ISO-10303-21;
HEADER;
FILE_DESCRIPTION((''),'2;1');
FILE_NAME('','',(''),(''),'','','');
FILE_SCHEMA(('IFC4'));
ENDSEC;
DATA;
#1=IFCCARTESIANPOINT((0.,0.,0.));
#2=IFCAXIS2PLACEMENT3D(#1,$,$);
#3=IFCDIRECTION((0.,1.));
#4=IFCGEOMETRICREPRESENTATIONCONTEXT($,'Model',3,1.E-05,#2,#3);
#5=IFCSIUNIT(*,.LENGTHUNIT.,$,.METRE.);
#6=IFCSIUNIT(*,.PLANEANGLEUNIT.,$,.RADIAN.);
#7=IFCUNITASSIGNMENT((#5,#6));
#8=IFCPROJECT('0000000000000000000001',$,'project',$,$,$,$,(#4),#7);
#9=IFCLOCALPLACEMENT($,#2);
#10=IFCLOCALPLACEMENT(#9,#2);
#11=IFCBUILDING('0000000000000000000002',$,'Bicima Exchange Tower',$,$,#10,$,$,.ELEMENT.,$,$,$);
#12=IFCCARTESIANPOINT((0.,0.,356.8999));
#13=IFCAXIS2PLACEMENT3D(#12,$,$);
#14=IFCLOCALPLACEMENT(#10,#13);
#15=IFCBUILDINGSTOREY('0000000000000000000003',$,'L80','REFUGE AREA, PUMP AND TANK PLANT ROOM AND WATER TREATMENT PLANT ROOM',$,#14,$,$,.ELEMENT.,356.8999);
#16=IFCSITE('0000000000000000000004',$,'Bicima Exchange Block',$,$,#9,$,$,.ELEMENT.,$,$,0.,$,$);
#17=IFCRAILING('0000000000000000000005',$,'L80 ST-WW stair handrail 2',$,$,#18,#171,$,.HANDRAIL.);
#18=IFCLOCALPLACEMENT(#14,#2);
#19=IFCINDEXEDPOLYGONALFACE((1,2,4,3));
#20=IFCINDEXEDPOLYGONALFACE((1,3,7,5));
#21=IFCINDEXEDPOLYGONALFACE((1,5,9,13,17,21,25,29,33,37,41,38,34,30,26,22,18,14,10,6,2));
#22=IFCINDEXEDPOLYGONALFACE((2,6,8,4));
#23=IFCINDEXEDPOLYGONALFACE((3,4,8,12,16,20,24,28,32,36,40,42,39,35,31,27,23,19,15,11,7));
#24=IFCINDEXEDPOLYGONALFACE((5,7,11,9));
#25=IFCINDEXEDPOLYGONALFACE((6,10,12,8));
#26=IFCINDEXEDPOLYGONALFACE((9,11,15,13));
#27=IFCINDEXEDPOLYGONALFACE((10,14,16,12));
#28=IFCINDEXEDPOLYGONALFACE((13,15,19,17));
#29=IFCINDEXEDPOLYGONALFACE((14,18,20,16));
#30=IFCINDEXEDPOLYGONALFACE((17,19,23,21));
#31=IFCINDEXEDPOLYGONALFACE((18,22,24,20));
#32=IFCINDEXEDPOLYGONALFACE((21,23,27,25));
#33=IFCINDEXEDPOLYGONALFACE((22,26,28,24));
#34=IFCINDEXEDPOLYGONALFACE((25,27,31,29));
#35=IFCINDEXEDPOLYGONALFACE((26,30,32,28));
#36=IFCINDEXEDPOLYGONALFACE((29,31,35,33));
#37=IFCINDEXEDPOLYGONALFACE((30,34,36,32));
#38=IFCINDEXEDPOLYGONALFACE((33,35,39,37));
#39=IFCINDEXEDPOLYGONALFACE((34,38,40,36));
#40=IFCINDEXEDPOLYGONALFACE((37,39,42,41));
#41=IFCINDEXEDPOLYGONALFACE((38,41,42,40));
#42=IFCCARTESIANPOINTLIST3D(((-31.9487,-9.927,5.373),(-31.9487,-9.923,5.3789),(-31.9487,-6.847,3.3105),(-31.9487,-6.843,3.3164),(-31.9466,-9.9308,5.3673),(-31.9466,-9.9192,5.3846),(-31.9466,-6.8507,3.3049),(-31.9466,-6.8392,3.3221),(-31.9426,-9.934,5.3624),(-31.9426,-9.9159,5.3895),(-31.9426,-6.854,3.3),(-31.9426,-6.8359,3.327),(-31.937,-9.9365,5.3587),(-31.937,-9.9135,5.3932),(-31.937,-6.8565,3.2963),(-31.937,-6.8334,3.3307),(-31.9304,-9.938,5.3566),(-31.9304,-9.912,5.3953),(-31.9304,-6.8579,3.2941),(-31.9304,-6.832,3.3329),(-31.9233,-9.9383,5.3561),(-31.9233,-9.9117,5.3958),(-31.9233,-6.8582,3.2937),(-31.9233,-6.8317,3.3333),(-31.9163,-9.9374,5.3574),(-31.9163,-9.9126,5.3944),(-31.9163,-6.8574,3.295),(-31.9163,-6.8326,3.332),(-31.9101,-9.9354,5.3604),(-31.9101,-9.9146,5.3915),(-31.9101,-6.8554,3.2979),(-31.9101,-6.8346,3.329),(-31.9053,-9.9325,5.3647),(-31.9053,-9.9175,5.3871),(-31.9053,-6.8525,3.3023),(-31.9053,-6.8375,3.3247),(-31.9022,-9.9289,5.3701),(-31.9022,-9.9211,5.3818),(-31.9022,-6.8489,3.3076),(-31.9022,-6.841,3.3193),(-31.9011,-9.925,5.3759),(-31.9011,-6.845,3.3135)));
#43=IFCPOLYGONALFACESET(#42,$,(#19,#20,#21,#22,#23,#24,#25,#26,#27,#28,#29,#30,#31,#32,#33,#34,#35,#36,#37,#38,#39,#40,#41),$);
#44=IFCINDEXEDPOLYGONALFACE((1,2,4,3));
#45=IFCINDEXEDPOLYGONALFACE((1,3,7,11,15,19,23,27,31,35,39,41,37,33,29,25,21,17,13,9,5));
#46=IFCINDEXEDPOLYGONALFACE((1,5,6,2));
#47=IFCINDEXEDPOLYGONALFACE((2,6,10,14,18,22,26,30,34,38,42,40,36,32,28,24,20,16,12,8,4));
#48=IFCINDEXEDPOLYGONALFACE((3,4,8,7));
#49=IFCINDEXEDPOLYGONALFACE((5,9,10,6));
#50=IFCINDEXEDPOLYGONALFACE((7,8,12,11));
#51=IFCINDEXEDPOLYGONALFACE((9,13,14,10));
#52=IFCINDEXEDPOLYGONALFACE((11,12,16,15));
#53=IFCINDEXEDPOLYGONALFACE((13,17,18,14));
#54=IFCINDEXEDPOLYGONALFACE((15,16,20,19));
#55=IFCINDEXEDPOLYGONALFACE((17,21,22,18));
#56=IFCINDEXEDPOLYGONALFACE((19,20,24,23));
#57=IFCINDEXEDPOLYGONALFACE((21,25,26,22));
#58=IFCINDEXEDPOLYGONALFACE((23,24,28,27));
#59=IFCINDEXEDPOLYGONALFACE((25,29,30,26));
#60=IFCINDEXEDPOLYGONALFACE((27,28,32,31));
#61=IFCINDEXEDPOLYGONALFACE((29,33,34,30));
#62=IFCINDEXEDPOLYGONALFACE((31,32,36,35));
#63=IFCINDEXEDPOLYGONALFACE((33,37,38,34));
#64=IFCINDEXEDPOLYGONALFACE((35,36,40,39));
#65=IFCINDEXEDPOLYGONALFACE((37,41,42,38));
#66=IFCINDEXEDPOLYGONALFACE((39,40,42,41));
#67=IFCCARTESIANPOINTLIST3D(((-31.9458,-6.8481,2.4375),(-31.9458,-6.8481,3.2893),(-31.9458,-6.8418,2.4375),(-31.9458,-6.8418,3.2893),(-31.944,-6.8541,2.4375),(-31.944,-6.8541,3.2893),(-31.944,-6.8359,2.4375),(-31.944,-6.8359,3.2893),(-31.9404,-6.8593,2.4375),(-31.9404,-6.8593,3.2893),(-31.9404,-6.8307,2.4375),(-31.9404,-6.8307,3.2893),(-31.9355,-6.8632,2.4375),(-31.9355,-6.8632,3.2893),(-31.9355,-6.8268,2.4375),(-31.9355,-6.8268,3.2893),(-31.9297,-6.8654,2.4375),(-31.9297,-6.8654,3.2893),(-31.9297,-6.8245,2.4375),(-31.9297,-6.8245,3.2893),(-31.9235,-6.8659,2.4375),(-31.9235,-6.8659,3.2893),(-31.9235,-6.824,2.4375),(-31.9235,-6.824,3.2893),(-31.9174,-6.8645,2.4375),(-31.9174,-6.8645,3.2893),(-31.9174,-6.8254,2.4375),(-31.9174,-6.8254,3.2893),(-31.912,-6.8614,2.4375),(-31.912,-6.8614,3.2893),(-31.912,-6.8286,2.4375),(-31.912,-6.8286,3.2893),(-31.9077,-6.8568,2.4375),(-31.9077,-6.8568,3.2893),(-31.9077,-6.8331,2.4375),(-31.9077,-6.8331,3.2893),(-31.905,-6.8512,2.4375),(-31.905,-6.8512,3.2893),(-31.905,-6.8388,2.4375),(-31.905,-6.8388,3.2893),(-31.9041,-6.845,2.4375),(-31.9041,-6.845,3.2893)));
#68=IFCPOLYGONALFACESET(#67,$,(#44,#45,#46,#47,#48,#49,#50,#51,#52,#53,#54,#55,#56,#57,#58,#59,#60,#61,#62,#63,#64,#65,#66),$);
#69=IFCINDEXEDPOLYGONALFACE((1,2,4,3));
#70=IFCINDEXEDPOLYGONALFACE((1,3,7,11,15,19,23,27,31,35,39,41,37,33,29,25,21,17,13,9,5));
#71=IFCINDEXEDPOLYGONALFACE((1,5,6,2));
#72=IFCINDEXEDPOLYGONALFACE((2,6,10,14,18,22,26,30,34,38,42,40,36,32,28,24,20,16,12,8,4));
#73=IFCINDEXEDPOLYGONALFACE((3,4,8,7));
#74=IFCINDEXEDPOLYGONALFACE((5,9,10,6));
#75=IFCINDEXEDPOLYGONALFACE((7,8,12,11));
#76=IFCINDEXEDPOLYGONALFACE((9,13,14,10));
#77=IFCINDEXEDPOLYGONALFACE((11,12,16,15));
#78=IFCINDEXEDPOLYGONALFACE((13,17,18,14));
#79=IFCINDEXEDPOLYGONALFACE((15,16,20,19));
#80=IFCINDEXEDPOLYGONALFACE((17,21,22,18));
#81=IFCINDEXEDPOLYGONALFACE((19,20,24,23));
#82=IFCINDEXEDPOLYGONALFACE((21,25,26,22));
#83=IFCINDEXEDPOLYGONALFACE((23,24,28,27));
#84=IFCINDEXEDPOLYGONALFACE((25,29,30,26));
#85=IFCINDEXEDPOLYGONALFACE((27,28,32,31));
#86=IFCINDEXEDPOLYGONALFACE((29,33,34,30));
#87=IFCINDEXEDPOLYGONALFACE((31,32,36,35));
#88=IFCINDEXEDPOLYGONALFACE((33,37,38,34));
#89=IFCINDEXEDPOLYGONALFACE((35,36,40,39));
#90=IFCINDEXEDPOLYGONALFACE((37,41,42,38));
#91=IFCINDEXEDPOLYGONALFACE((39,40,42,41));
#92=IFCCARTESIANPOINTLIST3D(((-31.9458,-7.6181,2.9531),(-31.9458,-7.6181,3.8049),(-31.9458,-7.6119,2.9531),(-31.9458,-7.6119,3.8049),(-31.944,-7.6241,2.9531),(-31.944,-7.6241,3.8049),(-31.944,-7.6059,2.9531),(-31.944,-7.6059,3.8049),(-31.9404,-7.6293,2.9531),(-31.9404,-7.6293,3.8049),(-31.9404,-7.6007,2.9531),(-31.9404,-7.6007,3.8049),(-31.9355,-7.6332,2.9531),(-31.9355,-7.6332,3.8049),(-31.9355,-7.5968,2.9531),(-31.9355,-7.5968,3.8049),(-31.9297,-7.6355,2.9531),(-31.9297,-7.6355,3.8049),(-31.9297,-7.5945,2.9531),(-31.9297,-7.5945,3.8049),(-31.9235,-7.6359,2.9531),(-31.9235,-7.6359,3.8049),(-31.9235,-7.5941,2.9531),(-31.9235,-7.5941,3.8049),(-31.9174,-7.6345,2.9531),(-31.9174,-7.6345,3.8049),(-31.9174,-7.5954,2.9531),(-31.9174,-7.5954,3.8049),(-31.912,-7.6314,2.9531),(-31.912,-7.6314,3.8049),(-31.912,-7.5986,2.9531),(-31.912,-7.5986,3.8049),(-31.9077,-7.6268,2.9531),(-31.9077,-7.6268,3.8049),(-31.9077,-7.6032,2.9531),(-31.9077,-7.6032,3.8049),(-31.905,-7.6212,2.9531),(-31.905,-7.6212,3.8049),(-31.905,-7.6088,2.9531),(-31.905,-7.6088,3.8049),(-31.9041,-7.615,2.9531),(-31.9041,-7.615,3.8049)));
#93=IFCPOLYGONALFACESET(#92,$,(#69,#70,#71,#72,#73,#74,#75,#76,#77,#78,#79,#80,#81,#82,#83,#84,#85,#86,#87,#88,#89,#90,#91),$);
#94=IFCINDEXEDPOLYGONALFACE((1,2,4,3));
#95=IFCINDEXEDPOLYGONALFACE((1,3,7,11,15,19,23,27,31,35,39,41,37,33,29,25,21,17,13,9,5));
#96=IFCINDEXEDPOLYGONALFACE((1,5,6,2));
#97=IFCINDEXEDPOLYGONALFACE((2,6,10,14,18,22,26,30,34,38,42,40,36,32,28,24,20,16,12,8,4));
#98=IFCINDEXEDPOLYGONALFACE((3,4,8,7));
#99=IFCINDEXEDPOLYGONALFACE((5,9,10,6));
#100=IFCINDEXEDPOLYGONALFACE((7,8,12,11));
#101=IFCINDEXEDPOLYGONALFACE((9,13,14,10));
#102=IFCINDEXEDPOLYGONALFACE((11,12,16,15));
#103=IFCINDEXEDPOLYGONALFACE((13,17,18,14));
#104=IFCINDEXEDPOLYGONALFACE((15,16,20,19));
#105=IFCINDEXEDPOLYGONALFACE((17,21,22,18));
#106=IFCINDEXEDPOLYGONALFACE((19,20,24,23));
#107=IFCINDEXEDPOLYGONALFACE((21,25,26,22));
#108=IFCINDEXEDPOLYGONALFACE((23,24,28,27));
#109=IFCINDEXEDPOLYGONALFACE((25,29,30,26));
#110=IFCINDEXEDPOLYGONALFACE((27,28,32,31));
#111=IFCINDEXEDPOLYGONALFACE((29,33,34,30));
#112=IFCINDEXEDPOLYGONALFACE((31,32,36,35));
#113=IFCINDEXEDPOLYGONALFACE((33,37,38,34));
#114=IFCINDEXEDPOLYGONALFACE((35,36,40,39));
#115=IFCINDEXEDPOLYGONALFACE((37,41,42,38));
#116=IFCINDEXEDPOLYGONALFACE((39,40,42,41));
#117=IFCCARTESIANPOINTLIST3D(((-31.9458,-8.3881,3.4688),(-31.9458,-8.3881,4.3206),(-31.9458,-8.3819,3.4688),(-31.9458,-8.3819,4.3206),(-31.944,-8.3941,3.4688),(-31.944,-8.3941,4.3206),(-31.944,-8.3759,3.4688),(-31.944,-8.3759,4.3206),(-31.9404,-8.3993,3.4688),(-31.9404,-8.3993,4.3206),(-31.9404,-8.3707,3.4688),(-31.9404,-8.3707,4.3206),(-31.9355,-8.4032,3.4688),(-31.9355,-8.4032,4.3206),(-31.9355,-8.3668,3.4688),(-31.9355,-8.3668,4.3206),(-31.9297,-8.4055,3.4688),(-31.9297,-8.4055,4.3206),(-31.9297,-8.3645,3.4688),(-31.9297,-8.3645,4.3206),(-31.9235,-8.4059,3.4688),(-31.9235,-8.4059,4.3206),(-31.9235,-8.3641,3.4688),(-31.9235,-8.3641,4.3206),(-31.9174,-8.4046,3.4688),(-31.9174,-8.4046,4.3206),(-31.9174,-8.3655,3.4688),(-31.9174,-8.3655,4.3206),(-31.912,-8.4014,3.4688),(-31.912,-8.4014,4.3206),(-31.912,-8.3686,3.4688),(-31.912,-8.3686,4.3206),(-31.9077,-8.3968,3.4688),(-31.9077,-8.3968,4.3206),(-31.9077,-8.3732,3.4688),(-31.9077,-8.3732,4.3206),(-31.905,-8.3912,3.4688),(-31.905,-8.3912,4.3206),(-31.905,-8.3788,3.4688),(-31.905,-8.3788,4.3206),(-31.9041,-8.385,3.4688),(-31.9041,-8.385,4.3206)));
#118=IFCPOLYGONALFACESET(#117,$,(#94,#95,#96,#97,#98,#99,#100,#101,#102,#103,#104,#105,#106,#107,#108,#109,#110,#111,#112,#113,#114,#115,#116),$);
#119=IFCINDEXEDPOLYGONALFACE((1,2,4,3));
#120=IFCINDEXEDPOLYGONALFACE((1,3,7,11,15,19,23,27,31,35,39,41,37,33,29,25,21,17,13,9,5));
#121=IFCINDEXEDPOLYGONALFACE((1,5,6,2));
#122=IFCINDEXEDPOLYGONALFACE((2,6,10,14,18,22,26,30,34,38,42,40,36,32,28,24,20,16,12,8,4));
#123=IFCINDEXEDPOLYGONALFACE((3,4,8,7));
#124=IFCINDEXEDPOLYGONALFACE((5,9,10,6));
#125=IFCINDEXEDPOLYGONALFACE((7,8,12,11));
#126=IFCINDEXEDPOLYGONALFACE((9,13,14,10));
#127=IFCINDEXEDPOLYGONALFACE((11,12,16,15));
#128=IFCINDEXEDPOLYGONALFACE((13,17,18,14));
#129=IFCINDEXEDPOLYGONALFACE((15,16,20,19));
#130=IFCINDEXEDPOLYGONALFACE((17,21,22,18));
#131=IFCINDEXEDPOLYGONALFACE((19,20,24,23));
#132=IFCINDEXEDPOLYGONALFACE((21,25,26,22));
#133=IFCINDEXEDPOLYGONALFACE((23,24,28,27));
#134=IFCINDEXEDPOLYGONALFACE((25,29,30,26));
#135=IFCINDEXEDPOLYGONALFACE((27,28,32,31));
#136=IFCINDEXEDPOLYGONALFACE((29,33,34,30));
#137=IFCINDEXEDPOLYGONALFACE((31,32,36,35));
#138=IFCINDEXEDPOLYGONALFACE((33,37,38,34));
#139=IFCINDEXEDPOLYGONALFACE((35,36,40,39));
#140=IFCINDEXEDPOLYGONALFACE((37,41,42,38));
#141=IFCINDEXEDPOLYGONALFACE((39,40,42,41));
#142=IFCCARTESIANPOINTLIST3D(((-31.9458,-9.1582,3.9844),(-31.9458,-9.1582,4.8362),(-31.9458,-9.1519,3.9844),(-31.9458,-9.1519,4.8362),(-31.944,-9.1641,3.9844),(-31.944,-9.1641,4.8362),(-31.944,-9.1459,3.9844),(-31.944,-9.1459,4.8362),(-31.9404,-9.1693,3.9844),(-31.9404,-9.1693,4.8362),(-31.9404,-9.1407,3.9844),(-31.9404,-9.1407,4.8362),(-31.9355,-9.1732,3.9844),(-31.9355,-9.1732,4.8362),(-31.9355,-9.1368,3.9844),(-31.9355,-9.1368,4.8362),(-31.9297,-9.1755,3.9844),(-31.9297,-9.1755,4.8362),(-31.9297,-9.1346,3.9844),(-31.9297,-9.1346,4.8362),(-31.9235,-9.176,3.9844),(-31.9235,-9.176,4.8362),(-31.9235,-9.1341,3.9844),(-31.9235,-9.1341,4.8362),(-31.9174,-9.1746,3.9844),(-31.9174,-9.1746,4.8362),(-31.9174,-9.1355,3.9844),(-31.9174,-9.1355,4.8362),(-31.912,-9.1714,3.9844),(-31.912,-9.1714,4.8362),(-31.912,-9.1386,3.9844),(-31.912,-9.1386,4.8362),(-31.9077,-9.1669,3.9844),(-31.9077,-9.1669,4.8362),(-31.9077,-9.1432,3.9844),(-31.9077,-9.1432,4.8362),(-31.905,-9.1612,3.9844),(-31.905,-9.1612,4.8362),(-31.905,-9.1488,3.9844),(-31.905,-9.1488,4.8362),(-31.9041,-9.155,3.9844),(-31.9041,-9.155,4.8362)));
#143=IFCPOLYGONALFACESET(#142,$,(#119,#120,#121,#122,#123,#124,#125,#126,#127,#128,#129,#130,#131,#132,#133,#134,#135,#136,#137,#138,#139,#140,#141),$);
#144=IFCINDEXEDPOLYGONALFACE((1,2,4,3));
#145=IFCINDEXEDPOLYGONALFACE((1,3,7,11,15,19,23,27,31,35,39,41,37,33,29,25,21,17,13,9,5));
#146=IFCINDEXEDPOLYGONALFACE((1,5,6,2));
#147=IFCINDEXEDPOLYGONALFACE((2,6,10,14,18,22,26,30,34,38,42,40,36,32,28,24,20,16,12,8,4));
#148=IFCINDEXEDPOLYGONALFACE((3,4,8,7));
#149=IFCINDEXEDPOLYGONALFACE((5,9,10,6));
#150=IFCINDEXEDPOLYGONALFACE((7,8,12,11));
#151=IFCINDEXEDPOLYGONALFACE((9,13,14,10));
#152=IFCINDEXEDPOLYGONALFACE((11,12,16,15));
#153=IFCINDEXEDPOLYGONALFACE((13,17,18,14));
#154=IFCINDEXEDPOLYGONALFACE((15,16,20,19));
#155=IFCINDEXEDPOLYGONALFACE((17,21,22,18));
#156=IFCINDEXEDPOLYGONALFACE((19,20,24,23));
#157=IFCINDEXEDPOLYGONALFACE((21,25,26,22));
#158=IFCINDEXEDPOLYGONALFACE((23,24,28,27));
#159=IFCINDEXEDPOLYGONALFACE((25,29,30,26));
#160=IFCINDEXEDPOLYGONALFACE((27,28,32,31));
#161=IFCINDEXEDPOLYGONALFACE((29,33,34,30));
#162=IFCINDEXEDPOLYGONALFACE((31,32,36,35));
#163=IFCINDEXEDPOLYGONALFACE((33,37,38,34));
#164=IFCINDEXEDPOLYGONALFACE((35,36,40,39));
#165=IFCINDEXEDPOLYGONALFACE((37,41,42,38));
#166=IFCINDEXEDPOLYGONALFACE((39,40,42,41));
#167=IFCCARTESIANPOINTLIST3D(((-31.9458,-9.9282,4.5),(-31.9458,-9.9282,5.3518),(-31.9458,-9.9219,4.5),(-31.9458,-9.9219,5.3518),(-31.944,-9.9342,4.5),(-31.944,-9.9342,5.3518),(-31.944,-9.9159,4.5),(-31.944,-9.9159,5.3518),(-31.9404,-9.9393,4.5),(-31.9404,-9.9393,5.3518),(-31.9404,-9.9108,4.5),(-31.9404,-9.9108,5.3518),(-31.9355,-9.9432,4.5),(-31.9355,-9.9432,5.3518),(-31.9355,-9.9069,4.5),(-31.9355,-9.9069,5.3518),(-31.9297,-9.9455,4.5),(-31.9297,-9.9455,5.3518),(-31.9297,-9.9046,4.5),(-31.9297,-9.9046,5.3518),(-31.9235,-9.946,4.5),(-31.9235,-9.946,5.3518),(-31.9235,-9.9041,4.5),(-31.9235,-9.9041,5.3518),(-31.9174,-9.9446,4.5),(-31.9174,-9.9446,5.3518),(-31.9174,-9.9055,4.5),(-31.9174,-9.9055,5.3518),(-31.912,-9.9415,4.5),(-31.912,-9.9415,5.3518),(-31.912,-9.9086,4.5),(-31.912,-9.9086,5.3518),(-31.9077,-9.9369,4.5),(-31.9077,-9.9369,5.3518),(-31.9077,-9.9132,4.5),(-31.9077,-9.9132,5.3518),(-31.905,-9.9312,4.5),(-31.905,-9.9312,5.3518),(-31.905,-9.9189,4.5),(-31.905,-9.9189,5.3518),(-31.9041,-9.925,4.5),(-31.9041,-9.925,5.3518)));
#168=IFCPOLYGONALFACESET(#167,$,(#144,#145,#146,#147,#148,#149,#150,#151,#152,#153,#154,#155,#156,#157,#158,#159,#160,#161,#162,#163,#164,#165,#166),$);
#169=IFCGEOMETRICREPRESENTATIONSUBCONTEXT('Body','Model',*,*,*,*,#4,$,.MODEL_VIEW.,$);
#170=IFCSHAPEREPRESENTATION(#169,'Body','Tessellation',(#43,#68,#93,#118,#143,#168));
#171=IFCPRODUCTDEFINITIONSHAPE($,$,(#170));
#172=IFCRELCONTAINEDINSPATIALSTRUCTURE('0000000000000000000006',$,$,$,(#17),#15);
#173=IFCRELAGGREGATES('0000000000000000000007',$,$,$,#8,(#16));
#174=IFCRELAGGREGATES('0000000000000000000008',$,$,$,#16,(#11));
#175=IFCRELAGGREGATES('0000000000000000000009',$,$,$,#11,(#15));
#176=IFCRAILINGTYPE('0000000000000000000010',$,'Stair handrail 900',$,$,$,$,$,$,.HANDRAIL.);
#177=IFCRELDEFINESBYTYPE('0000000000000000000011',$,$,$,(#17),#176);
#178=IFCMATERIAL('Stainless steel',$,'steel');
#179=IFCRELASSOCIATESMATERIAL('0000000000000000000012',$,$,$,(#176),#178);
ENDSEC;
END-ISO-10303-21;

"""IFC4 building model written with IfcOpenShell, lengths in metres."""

from ifc_helpers import new_model, si_unit, direction, frame, origin, origin_2d, place, context, subcontext, project, spatial, circle, extrude, material, type_object, element, save


model = new_model("IFC4")

# Units and contexts
model_context = context("Model", 3, precision=1e-05, world=origin(), true_north=direction((0.0, 1.0)))
body_context = subcontext(model_context, "Body", "Model", "MODEL_VIEW")
ifc_project = project(units=[si_unit("LENGTHUNIT", "METRE"), si_unit("PLANEANGLEUNIT", "RADIAN")], contexts=[model_context])

# Site, building, storey
site_placement = place(None, origin())
site = spatial("IfcSite", under=ifc_project, at=site_placement, Name="Bicima Exchange Block", CompositionType="ELEMENT", RefElevation=0.0)
building_placement = place(site_placement, origin())
building = spatial("IfcBuilding", under=site, at=building_placement, Name="Bicima Exchange Tower", CompositionType="ELEMENT")
storey_placement = place(building_placement, frame((0.0, 0.0, 356.8999)))
storey = spatial("IfcBuildingStorey", under=building, at=storey_placement, Name="L80", Description="REFUGE AREA, PUMP AND TANK PLANT ROOM AND WATER TREATMENT PLANT ROOM", CompositionType="ELEMENT", Elevation=356.8999)

# Railing
ifc_material_1 = material(Name="Stainless steel", Category="steel")
railing_type_1 = type_object("IfcRailingType", Name="Stair handrail 900", PredefinedType="HANDRAIL", material=ifc_material_1)
railing_1_placement = place(storey_placement, frame((-31.925, -6.845, 2.4375)))
element("IfcRailing", 1, at=railing_1_placement, inside=storey, type_object=railing_type_1, Name="L80 ST-WW stair handrail 2", PredefinedType="HANDRAIL", context=body_context, shape_type="SweptSolid", body=[
    extrude(circle(Radius=0.0239, at=origin_2d()), frame((0.0, 0.0, 0.876), z_axis=(0.0, -0.830914, 0.556401), x_axis=(1.0, 0.0, 0.0)), (0.0, 0.0, 1.0), 3.7068),
    extrude(circle(Radius=0.021, at=origin_2d()), origin(), (0.0, 0.0, 1.0), 0.8518),
    extrude(circle(Radius=0.021, at=origin_2d()), frame((0.0, -0.77, 0.5156)), (0.0, 0.0, 1.0), 0.8518),
    extrude(circle(Radius=0.021, at=origin_2d()), frame((0.0, -1.54, 1.0312)), (0.0, 0.0, 1.0), 0.8518),
    extrude(circle(Radius=0.021, at=origin_2d()), frame((0.0, -2.3101, 1.5469)), (0.0, 0.0, 1.0), 0.8518),
    extrude(circle(Radius=0.021, at=origin_2d()), frame((0.0, -3.0801, 2.0625)), (0.0, 0.0, 1.0), 0.8518),
])

save(model, "model.ifc")
